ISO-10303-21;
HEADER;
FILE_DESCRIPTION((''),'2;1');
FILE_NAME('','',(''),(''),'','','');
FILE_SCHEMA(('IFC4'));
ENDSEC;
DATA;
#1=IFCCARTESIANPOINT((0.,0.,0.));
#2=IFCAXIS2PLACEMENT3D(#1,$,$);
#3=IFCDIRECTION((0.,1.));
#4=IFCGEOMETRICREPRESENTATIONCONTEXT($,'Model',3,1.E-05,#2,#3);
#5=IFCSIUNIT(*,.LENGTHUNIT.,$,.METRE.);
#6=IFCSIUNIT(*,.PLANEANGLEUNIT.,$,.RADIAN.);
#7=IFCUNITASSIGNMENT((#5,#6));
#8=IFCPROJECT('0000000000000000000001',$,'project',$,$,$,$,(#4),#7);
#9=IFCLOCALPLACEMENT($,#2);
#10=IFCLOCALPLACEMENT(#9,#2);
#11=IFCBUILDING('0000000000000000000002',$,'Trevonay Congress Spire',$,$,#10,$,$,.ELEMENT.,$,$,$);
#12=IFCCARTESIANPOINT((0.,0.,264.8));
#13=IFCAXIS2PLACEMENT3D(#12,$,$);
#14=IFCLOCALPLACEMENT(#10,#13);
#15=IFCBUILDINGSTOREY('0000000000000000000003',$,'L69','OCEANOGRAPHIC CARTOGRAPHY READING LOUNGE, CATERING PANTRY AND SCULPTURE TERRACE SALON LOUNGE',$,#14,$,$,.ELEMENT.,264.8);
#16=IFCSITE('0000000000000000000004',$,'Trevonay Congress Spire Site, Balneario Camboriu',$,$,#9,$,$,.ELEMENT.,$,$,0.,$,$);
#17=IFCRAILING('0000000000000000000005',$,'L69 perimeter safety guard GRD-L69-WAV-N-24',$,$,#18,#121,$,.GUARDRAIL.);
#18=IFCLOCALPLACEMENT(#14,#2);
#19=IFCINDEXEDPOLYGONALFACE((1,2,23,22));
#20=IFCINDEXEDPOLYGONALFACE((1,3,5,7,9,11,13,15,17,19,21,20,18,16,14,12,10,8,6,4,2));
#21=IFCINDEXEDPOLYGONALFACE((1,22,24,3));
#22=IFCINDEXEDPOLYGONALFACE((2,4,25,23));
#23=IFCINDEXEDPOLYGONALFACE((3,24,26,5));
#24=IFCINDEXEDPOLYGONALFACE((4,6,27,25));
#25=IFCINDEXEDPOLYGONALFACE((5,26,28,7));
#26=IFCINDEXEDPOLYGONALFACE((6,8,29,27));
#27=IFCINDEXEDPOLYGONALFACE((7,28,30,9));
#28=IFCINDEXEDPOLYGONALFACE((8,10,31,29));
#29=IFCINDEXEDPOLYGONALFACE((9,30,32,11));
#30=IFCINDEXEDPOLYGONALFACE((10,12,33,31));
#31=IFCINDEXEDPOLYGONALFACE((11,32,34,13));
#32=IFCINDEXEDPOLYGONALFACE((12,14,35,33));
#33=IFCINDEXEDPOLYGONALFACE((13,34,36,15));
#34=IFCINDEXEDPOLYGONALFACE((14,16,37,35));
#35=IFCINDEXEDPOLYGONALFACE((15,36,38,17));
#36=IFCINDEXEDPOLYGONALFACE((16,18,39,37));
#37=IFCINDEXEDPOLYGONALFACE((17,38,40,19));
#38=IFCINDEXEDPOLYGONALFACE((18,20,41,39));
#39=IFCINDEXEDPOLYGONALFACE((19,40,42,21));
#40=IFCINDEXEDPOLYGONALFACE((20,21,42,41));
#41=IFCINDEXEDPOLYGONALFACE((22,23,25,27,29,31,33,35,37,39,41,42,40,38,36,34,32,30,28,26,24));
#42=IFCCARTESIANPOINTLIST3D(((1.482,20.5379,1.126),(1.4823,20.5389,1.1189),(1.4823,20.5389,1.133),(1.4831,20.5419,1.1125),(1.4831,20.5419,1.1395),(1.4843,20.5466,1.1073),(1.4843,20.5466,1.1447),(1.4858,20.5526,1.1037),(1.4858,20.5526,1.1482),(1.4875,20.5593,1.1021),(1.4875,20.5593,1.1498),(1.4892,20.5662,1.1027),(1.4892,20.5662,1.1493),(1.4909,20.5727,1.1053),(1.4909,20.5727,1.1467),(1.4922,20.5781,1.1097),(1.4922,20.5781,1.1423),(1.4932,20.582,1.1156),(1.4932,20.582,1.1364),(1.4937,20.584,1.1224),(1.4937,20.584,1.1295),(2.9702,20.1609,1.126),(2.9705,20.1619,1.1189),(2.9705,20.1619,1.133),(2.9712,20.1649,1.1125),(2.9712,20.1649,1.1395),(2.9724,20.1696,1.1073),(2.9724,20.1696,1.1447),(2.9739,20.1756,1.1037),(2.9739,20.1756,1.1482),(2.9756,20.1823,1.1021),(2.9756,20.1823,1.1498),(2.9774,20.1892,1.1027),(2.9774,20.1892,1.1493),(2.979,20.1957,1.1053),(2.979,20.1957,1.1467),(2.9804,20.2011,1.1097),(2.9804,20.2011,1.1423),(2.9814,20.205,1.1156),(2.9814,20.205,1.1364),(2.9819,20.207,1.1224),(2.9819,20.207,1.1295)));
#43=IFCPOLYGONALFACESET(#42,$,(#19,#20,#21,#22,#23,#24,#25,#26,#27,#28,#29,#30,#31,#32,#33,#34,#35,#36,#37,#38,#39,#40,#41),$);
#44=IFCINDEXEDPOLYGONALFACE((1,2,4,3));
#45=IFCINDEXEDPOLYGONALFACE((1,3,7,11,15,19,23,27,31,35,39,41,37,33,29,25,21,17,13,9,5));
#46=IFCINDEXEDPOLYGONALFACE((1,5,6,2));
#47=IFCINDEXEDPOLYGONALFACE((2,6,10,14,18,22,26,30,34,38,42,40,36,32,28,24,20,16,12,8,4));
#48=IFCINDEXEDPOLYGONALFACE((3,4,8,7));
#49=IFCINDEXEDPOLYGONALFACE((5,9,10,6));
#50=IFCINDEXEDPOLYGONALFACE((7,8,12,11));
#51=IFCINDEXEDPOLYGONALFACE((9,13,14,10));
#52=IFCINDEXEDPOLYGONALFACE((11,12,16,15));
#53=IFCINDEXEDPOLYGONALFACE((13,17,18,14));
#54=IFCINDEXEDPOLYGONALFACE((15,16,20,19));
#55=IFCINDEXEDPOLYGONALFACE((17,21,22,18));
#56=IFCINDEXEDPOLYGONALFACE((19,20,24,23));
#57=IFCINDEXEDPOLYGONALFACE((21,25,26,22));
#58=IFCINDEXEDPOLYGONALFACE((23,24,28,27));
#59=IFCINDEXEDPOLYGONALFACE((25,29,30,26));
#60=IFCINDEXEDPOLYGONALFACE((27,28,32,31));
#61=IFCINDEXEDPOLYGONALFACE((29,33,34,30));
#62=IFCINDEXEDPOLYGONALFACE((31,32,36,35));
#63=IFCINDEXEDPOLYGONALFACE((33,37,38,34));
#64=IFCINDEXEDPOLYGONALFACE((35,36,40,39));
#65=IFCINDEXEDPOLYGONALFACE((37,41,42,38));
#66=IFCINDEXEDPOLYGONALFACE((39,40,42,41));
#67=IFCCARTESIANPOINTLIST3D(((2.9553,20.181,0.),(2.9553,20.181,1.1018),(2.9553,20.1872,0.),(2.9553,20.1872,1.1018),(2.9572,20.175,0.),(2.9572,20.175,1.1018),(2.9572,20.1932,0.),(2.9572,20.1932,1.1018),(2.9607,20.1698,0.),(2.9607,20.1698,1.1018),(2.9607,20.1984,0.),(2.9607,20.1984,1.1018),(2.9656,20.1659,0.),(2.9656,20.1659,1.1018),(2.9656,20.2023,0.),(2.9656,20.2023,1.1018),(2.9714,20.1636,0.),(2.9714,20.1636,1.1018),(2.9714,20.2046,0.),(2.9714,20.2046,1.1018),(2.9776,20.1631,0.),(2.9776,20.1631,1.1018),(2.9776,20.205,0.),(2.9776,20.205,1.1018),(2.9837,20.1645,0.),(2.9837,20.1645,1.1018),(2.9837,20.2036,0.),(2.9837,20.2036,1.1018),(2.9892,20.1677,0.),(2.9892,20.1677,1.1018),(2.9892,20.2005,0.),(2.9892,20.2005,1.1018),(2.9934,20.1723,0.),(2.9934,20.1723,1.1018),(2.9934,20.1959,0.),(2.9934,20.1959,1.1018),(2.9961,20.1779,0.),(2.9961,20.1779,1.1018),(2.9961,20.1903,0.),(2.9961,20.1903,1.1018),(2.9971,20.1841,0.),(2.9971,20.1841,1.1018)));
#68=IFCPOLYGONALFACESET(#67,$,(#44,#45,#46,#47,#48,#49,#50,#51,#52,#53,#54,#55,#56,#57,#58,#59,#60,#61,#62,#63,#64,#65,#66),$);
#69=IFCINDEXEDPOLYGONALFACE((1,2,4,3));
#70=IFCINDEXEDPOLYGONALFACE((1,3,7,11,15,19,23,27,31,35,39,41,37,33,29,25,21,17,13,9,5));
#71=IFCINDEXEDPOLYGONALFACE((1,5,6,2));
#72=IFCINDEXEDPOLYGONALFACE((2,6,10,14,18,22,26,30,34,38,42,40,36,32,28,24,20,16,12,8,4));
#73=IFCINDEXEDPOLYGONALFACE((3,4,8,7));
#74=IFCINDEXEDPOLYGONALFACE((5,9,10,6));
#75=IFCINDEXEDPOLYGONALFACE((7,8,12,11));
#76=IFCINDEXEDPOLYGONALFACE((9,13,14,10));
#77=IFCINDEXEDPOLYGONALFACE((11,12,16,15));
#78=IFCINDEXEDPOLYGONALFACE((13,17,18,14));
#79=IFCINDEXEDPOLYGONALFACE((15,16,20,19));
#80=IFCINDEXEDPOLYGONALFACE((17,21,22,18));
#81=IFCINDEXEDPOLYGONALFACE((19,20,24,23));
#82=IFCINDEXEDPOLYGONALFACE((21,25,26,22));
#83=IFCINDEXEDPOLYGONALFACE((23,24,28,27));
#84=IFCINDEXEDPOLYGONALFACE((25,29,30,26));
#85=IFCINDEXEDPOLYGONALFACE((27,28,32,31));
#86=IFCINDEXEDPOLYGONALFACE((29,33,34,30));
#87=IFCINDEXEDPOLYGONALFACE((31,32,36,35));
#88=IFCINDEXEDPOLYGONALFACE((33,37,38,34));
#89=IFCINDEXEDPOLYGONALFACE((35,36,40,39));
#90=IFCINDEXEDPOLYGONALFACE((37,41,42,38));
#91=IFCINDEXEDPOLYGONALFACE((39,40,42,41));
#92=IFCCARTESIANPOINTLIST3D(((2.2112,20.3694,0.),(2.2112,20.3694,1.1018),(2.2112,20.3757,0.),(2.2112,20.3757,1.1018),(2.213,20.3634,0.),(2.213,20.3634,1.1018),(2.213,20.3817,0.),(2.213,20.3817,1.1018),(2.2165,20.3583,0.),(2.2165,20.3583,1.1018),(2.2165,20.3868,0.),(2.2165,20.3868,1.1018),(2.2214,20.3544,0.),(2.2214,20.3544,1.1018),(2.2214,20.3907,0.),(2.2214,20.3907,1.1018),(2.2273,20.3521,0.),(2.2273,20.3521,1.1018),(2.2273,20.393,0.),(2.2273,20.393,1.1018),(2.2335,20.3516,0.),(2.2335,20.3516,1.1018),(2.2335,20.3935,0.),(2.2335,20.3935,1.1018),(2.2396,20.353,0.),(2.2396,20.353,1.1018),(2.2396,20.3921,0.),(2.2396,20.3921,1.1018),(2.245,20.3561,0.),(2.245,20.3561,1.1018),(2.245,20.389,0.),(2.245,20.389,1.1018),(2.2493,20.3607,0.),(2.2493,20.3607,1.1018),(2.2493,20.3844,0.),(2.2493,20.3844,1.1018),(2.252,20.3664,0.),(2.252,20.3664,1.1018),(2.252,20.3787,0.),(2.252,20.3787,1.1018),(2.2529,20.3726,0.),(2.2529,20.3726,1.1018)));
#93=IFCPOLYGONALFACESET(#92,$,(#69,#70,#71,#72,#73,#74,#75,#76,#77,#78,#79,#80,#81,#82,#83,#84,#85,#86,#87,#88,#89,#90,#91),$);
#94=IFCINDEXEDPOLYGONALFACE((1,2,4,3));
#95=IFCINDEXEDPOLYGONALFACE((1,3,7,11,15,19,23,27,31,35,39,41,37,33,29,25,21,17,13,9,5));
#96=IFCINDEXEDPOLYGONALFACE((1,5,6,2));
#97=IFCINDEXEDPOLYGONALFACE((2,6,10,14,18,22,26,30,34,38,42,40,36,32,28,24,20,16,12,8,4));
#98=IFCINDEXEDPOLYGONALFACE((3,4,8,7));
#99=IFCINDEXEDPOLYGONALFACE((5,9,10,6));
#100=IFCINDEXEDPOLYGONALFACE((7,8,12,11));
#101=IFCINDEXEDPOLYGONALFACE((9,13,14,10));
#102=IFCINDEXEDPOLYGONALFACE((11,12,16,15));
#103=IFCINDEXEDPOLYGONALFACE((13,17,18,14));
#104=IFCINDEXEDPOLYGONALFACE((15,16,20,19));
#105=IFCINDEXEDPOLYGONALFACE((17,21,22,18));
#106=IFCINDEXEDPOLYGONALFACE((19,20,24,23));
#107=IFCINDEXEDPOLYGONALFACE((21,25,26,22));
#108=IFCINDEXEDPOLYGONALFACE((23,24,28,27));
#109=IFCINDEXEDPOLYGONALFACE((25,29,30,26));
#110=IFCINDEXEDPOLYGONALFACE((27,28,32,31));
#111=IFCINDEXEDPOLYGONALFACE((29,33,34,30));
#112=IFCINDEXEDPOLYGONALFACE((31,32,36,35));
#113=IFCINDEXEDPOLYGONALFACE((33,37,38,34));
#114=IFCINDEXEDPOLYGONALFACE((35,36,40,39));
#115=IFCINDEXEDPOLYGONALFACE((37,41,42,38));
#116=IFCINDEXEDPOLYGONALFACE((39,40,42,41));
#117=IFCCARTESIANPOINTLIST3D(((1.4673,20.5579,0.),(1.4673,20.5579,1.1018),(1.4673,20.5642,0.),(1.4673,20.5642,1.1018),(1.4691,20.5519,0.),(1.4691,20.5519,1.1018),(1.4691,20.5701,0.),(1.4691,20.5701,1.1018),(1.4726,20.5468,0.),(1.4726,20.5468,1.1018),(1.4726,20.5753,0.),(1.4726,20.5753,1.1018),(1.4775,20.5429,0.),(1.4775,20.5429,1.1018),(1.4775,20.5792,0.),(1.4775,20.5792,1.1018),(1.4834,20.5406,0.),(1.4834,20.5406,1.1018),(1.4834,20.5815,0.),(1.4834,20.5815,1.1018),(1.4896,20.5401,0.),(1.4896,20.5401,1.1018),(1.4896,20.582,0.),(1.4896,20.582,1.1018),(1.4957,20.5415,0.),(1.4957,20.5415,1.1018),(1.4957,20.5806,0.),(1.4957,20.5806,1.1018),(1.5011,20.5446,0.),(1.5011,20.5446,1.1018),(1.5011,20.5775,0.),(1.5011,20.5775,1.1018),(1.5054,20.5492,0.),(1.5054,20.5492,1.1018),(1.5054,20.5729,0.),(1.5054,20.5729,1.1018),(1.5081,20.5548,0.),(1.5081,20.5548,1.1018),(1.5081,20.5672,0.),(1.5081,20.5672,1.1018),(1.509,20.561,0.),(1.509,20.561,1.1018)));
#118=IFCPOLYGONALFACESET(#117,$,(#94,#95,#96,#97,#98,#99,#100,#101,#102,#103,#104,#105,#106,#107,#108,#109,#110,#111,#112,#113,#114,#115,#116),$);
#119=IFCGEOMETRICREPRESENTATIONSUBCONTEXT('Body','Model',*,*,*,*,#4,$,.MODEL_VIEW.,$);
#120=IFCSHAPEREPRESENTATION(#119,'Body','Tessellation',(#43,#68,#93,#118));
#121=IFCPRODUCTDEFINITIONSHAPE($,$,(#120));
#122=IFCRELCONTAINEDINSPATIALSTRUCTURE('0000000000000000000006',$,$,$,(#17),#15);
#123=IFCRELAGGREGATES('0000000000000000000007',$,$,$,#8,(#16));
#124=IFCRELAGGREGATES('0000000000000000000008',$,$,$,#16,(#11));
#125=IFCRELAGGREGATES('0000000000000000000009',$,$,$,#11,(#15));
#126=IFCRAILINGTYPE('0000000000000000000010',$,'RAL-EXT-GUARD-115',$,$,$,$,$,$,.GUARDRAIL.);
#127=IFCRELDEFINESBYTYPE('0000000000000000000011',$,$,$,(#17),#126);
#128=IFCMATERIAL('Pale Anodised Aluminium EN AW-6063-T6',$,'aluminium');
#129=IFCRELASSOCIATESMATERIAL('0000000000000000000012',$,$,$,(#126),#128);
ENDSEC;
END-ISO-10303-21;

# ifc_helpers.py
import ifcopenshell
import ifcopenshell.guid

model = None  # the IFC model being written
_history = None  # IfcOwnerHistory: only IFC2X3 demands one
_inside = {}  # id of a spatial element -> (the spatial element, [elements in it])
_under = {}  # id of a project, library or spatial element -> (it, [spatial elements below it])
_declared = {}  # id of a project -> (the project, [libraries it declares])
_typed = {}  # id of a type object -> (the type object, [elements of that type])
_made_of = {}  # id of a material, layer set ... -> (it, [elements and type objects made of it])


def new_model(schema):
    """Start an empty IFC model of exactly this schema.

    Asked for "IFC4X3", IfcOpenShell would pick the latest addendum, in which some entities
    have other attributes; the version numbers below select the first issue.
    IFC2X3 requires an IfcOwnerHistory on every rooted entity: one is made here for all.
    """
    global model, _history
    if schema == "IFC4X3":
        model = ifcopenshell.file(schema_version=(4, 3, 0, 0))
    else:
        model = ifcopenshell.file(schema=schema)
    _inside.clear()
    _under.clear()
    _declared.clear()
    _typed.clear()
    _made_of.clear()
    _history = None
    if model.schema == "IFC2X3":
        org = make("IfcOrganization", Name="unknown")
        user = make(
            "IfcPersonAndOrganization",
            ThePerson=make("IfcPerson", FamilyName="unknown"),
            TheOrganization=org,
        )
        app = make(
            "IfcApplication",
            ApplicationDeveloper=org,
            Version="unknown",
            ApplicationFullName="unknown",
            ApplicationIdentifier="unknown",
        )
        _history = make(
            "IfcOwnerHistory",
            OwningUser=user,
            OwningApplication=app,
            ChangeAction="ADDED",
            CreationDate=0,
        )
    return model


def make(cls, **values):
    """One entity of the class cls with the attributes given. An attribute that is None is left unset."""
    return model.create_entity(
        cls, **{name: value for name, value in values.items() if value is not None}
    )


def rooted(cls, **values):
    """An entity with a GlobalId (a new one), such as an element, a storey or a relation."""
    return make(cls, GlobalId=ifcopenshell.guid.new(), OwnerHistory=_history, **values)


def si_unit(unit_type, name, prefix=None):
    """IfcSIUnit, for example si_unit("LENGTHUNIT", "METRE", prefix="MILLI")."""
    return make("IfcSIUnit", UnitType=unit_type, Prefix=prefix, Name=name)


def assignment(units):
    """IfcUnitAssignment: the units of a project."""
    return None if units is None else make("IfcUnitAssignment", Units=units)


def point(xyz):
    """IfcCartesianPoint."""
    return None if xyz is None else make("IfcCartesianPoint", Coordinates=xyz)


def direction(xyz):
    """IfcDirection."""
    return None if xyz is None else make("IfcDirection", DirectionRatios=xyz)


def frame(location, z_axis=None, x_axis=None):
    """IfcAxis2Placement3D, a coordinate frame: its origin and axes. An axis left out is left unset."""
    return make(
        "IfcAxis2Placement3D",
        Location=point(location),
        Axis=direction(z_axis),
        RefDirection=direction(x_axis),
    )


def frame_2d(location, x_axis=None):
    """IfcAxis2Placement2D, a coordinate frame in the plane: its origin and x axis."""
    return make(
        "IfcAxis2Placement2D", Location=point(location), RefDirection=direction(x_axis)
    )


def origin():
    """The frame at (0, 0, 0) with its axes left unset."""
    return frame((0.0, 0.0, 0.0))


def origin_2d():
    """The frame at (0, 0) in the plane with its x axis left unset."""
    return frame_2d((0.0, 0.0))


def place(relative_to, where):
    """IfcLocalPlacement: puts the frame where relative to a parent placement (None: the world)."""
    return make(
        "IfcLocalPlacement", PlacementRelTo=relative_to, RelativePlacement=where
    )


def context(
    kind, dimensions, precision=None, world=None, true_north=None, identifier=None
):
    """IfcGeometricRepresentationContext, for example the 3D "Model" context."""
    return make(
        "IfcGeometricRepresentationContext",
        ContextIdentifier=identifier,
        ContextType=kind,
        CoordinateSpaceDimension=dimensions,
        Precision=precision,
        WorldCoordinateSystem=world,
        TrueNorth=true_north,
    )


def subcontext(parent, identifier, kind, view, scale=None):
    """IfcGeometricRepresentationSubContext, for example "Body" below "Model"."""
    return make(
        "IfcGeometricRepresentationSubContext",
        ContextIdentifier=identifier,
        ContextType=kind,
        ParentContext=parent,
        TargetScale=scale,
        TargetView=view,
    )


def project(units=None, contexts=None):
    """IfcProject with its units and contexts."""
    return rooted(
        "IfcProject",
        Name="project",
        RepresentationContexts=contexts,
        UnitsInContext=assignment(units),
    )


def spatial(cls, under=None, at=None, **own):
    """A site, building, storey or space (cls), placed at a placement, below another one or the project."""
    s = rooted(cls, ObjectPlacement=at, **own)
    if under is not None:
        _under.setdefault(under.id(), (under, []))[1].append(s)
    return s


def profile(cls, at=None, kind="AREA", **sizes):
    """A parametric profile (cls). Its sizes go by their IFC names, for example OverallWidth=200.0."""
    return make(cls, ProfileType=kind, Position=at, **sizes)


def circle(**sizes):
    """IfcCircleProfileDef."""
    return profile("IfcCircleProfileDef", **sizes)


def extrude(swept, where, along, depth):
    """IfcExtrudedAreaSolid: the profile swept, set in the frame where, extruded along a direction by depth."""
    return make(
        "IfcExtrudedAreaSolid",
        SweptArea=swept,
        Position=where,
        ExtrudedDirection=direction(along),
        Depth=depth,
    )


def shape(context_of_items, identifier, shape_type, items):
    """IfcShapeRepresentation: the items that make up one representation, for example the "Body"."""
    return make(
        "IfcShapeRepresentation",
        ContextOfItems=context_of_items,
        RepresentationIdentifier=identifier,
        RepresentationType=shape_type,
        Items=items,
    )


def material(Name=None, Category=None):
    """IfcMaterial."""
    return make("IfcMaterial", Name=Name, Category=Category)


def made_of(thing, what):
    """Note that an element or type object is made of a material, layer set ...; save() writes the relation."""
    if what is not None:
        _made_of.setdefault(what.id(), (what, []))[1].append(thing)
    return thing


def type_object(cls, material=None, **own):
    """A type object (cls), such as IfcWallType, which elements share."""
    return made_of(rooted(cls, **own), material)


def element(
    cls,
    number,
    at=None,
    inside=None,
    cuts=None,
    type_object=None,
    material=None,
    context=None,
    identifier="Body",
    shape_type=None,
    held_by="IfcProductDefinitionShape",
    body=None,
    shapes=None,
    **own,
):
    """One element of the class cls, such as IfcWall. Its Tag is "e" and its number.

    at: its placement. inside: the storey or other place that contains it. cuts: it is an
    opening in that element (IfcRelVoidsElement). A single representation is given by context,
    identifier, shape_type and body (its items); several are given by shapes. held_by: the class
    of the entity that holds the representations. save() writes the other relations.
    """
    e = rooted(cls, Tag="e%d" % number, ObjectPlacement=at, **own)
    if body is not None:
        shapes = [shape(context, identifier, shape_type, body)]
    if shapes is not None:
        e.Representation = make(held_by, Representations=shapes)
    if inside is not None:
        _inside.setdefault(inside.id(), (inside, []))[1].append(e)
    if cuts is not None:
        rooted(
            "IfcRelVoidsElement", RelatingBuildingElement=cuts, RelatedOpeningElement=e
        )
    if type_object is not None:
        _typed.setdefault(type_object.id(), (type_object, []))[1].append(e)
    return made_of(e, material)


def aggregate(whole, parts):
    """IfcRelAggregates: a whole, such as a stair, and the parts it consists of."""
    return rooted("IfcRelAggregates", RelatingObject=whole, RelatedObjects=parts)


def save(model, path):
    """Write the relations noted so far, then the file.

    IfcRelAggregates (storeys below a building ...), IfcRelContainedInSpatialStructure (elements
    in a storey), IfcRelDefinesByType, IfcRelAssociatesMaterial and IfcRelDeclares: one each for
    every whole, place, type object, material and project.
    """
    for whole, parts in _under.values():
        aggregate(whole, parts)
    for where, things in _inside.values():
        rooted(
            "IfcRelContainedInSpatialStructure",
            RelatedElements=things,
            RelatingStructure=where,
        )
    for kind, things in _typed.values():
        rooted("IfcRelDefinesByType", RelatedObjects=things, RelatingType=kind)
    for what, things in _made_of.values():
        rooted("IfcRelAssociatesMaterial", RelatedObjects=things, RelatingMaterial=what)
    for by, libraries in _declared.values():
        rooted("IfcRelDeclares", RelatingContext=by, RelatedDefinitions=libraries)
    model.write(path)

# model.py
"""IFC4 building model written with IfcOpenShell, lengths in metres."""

from ifc_helpers import new_model, si_unit, direction, frame, origin, origin_2d, place, context, subcontext, project, spatial, circle, extrude, material, type_object, element, save


model = new_model("IFC4")

# Units and contexts
model_context = context("Model", 3, precision=1e-05, world=origin(), true_north=direction((0.0, 1.0)))
body_context = subcontext(model_context, "Body", "Model", "MODEL_VIEW")
ifc_project = project(units=[si_unit("LENGTHUNIT", "METRE"), si_unit("PLANEANGLEUNIT", "RADIAN")], contexts=[model_context])

# Site, building, storey
site_placement = place(None, origin())
site = spatial("IfcSite", under=ifc_project, at=site_placement, Name="Trevonay Congress Spire Site, Balneario Camboriu", CompositionType="ELEMENT", RefElevation=0.0)
building_placement = place(site_placement, origin())
building = spatial("IfcBuilding", under=site, at=building_placement, Name="Trevonay Congress Spire", CompositionType="ELEMENT")
storey_placement = place(building_placement, frame((0.0, 0.0, 264.8)))
storey = spatial("IfcBuildingStorey", under=building, at=storey_placement, Name="L69", Description="OCEANOGRAPHIC CARTOGRAPHY READING LOUNGE, CATERING PANTRY AND SCULPTURE TERRACE SALON LOUNGE", CompositionType="ELEMENT", Elevation=264.8)

# Shared definitions
ifc_material_1 = material(Name="Pale Anodised Aluminium EN AW-6063-T6", Category="aluminium")

# Railing
railing_type = type_object("IfcRailingType", Name="RAL-EXT-GUARD-115", PredefinedType="GUARDRAIL", material=ifc_material_1)
railing_1_placement = place(storey_placement, frame((2.9761, 20.1841, 0.0)))
element("IfcRailing", 1, at=railing_1_placement, inside=storey, type_object=railing_type, Name="L69 perimeter safety guard GRD-L69-WAV-N-24", PredefinedType="GUARDRAIL", context=body_context, shape_type="SweptSolid", body=[
    extrude(circle(Radius=0.0239, at=origin_2d()), frame((0.0, 0.0, 1.126), z_axis=(-0.96938, 0.245566, 0.0), x_axis=(-0.245566, -0.96938, 0.0)), (0.0, 0.0, 1.0), 1.5352),
    extrude(circle(Radius=0.021, at=origin_2d()), origin(), (0.0, 0.0, 1.0), 1.1018),
    extrude(circle(Radius=0.021, at=origin_2d()), frame((-0.7441, 0.1885, 0.0)), (0.0, 0.0, 1.0), 1.1018),
    extrude(circle(Radius=0.021, at=origin_2d()), frame((-1.488, 0.377, 0.0)), (0.0, 0.0, 1.0), 1.1018),
])

save(model, "model.ifc")
